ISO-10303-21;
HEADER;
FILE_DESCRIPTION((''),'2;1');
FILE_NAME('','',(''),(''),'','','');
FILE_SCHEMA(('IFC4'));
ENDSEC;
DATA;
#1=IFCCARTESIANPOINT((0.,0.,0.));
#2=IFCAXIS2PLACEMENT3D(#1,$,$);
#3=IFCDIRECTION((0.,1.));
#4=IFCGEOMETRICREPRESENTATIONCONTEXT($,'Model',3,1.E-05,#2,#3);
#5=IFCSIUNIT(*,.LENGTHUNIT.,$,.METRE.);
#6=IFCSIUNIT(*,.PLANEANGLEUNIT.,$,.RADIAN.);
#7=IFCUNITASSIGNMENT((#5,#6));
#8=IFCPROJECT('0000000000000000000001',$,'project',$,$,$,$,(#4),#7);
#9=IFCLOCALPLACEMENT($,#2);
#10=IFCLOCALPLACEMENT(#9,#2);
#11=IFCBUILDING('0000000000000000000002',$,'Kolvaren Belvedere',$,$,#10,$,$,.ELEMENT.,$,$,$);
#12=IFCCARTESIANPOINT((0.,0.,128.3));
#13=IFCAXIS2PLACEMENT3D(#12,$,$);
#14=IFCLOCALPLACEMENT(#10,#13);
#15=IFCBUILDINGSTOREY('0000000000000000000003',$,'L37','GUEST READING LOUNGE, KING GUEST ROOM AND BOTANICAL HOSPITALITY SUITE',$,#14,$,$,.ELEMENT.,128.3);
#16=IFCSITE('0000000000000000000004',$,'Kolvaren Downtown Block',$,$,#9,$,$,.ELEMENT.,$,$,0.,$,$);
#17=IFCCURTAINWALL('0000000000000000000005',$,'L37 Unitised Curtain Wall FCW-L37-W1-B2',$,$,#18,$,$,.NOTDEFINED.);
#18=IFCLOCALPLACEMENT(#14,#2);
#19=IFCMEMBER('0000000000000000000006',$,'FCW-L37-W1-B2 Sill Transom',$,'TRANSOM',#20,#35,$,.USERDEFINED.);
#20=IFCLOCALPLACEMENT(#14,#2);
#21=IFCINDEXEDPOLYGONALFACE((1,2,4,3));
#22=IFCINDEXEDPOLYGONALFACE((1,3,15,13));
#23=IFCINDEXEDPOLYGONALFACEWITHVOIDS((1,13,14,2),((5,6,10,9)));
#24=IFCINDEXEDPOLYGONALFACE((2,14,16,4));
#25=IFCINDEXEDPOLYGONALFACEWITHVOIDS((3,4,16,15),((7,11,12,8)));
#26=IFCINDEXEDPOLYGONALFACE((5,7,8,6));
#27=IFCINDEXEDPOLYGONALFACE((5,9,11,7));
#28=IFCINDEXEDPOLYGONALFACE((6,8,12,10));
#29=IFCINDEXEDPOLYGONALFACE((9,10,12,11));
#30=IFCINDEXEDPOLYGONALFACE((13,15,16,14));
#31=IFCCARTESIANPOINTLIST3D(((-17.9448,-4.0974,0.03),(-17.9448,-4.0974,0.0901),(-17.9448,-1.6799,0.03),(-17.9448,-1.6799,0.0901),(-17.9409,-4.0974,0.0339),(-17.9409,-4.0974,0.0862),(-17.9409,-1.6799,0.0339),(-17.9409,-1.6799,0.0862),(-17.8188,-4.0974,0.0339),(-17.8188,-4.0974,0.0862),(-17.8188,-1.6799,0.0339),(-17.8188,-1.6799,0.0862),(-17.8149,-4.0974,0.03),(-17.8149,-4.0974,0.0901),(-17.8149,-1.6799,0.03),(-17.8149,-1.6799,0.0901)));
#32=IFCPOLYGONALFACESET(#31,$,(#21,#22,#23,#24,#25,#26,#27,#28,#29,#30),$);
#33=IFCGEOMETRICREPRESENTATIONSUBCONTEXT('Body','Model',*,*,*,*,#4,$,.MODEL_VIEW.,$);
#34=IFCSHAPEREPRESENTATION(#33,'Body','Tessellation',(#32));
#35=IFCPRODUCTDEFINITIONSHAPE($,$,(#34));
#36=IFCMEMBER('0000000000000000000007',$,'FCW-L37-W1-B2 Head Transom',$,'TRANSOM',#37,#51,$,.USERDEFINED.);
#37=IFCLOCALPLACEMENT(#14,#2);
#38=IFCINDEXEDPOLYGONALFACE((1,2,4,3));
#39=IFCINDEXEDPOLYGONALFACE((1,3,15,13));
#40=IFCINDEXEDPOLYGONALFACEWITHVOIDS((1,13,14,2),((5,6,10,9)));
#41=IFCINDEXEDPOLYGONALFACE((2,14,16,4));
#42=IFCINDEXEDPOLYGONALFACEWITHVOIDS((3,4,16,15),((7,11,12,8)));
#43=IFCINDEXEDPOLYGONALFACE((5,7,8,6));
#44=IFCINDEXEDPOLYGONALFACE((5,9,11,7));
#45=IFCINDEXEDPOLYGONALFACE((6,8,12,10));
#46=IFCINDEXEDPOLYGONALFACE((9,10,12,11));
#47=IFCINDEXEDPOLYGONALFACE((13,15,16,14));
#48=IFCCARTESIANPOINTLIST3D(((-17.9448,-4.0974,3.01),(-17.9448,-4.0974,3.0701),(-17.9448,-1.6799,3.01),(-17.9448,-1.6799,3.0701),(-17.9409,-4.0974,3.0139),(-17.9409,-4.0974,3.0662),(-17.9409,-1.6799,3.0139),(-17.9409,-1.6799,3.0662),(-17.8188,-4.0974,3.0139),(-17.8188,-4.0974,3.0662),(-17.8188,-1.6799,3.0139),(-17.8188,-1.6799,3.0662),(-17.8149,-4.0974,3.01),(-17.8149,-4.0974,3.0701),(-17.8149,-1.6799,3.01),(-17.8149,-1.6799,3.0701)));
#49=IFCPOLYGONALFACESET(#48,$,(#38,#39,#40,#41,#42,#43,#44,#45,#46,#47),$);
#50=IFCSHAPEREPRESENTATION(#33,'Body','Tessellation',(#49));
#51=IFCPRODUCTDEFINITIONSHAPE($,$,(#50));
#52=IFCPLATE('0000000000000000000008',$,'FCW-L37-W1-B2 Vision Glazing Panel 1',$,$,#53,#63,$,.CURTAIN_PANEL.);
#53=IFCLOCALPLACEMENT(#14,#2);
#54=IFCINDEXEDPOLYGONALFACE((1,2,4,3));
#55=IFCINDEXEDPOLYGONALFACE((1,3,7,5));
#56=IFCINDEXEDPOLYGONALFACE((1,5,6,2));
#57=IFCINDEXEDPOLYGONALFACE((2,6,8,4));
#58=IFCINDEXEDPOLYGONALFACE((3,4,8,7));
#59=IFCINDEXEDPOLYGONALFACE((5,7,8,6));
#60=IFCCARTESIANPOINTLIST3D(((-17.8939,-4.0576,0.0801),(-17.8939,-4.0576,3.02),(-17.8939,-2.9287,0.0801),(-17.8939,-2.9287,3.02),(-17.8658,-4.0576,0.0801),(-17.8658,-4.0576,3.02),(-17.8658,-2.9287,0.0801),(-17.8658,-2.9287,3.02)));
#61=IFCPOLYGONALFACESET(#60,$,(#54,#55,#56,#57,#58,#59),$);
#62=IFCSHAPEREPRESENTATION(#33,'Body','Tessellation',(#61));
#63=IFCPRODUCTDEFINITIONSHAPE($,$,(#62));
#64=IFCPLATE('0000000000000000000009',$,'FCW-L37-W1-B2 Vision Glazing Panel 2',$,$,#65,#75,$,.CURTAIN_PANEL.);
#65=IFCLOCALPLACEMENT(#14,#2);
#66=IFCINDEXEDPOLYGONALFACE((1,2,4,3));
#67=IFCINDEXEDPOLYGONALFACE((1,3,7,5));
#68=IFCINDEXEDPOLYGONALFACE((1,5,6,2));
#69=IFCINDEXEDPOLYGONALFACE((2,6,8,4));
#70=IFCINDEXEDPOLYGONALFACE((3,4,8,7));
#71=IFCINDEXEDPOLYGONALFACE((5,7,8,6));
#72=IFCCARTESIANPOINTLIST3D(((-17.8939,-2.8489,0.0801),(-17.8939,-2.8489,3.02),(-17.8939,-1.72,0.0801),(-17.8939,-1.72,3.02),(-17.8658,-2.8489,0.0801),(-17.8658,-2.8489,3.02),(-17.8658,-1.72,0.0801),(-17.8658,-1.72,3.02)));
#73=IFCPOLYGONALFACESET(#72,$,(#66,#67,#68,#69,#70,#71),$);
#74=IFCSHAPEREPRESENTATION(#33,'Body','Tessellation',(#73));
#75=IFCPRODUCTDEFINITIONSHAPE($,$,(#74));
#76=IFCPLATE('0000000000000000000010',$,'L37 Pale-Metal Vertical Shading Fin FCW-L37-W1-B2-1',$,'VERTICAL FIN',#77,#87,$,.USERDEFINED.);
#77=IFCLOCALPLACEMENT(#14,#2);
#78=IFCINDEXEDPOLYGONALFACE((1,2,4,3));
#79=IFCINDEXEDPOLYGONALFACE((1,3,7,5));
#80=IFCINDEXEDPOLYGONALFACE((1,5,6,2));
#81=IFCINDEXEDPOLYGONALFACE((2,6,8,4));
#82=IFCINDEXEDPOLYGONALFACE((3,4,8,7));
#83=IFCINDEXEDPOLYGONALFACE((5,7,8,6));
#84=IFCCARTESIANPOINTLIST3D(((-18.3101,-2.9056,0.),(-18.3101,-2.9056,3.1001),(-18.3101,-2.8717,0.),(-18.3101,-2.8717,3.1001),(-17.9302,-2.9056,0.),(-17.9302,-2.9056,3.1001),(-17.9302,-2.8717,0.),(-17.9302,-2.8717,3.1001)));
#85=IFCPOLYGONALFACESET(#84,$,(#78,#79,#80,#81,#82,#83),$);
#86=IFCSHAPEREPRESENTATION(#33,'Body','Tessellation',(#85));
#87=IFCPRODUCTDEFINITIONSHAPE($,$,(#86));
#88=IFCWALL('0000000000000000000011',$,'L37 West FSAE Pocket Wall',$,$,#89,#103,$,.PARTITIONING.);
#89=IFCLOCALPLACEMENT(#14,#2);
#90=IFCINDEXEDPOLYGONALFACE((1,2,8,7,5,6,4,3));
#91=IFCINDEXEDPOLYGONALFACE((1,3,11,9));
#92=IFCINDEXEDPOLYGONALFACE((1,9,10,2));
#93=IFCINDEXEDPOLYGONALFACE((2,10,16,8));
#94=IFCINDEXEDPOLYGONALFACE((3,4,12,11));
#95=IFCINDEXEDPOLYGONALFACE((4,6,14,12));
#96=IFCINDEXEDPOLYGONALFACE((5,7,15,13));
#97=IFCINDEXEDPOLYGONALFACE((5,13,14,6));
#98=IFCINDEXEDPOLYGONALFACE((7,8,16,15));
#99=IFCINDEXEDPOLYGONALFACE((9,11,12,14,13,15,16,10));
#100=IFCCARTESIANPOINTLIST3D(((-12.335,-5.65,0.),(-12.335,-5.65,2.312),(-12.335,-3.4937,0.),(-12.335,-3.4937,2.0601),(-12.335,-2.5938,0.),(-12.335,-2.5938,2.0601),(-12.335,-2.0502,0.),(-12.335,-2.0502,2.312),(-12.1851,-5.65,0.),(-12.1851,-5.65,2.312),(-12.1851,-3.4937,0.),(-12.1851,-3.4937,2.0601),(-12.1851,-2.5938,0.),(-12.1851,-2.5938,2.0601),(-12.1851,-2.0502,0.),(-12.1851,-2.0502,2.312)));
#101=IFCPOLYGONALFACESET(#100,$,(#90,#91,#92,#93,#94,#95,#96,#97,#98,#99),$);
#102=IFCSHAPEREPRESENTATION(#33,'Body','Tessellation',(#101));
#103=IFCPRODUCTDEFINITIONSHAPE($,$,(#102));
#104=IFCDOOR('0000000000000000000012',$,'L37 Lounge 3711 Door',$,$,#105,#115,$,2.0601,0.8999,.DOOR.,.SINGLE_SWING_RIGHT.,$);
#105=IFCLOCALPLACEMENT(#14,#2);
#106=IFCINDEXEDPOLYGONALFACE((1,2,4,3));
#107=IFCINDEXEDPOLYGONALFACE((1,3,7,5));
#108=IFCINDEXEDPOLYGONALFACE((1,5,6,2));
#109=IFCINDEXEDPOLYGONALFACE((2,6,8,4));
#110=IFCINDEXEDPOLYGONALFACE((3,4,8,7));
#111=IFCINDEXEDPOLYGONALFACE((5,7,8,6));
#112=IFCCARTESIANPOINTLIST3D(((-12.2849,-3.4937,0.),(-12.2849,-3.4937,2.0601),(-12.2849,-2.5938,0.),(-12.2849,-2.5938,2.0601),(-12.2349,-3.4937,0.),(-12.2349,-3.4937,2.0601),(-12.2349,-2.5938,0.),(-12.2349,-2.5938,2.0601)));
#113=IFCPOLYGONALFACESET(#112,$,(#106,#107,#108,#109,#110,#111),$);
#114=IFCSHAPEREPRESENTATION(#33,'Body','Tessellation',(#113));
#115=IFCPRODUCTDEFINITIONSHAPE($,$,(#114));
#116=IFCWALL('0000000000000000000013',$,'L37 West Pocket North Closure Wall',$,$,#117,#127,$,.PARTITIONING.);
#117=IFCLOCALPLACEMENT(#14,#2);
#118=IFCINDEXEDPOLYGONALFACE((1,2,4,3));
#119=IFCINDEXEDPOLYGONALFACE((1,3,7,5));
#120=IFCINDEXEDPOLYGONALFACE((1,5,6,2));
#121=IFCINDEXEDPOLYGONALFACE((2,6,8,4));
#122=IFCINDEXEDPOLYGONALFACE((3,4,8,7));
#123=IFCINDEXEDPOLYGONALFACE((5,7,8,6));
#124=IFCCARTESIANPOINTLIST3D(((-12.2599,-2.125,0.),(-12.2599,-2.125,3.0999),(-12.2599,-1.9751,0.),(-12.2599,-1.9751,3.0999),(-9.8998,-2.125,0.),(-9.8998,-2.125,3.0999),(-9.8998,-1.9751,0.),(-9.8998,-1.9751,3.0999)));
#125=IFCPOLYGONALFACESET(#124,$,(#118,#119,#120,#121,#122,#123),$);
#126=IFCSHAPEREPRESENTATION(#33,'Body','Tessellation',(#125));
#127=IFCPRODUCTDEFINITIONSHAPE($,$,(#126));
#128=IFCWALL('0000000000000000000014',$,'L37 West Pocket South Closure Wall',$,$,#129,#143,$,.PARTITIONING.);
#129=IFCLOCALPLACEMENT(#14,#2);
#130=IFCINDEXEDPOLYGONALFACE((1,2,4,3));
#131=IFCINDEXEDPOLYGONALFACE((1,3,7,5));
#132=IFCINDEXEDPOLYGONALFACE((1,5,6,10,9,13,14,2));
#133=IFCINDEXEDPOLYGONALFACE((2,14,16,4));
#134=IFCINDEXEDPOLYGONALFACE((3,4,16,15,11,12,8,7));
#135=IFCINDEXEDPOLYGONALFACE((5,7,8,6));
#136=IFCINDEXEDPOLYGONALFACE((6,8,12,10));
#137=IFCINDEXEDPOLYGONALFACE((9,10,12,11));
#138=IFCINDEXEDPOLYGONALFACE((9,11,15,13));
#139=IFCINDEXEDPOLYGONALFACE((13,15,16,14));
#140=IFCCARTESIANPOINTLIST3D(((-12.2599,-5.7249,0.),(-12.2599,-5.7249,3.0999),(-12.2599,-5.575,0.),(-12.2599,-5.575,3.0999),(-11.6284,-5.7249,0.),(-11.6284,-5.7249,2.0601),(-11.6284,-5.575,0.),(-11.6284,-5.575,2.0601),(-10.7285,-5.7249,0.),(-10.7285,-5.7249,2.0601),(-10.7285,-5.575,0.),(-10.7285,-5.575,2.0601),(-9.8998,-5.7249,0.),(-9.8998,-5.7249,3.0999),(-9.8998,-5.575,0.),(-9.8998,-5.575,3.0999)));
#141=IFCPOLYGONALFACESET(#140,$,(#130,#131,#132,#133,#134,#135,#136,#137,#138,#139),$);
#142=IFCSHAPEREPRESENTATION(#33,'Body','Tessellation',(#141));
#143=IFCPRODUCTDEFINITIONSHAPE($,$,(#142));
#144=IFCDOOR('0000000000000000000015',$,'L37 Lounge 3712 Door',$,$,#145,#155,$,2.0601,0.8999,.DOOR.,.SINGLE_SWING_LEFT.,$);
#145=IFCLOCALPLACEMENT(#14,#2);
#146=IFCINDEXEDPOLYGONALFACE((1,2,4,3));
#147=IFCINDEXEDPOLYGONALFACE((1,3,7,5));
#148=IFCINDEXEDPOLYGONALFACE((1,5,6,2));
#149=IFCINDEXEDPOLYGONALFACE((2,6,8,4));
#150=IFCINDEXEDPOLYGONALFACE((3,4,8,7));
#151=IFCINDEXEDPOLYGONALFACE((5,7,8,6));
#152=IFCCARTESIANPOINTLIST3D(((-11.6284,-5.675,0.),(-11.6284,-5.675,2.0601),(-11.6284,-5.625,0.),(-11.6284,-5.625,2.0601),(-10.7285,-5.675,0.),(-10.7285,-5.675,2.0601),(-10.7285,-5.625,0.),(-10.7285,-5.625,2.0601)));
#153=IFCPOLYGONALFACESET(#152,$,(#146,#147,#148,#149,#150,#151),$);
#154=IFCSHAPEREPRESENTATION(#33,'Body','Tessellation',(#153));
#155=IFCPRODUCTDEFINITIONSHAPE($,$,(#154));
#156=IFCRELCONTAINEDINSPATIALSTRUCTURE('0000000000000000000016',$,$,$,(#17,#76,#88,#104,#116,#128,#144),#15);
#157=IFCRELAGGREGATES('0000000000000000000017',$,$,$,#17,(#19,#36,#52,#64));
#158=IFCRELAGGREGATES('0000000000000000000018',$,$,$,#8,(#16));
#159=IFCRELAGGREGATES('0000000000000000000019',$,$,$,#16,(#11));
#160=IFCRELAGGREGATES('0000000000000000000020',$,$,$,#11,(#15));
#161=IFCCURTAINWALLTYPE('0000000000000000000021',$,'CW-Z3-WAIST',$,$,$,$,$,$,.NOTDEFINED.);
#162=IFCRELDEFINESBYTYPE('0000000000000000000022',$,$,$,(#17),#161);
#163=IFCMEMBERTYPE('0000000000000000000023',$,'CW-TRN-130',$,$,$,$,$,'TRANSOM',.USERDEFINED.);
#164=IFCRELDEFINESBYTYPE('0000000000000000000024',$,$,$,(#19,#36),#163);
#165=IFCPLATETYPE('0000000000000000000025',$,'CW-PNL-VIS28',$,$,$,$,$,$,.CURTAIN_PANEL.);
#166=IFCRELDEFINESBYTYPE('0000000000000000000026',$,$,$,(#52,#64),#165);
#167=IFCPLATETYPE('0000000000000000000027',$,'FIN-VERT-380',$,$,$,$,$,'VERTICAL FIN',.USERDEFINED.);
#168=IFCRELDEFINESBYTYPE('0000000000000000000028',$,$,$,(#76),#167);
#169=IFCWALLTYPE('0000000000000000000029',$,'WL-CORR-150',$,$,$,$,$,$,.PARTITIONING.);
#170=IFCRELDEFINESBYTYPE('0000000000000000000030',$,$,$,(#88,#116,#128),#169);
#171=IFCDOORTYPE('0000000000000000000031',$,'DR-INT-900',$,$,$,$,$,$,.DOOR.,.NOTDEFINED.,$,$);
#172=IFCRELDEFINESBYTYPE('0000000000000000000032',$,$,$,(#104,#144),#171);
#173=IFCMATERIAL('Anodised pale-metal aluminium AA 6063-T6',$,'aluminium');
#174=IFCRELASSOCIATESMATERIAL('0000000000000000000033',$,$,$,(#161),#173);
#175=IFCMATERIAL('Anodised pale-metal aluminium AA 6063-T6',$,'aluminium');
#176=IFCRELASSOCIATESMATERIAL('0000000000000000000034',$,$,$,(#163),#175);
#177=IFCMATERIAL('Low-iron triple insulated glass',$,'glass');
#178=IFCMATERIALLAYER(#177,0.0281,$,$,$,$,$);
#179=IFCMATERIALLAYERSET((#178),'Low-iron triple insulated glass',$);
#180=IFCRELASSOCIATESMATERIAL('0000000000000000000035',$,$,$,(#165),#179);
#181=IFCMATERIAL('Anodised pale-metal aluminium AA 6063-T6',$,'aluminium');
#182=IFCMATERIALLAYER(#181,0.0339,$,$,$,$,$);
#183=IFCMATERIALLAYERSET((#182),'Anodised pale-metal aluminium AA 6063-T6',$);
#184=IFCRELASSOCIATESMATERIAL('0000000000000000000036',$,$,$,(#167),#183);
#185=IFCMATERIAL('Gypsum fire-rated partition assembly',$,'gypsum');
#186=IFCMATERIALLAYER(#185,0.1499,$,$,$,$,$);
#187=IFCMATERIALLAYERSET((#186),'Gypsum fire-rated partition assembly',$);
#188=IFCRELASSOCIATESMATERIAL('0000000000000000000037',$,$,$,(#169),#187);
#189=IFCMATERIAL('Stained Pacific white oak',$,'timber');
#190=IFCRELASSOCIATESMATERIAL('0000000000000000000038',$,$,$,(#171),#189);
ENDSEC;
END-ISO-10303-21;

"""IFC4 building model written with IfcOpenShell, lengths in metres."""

from ifc_helpers import new_model, si_unit, direction, frame, frame_2d, origin, origin_2d, place, context, subcontext, project, spatial, rectangle, hollow_rectangle, extrude, material, layer, layer_set, material_profile, profile_set, type_object, element, fill, aggregate, save


model = new_model("IFC4")

# Units and contexts
model_context = context("Model", 3, precision=1e-05, world=origin(), true_north=direction((0.0, 1.0)))
body_context = subcontext(model_context, "Body", "Model", "MODEL_VIEW")
ifc_project = project(units=[si_unit("LENGTHUNIT", "METRE"), si_unit("PLANEANGLEUNIT", "RADIAN")], contexts=[model_context])

# Site, building, storey
site_placement = place(None, origin())
site = spatial("IfcSite", under=ifc_project, at=site_placement, Name="Kolvaren Downtown Block", CompositionType="ELEMENT", RefElevation=0.0)
building_placement = place(site_placement, origin())
building = spatial("IfcBuilding", under=site, at=building_placement, Name="Kolvaren Belvedere", CompositionType="ELEMENT")
storey_placement = place(building_placement, frame((0.0, 0.0, 128.3)))
storey = spatial("IfcBuildingStorey", under=building, at=storey_placement, Name="L37", Description="GUEST READING LOUNGE, KING GUEST ROOM AND BOTANICAL HOSPITALITY SUITE", CompositionType="ELEMENT", Elevation=128.3)

# Shared definitions
ifc_material_1 = material(Name="Anodised pale-metal aluminium AA 6063-T6", Category="aluminium")
curtain_wall_type = type_object("IfcCurtainWallType", Name="CW-Z3-WAIST", PredefinedType="NOTDEFINED", material=ifc_material_1)

# Curtain wall, members, plates
curtain_wall_1_placement = place(storey_placement, origin())
curtain_wall_1 = element("IfcCurtainWall", 1, at=curtain_wall_1_placement, inside=storey, type_object=curtain_wall_type, Name="L37 Unitised Curtain Wall FCW-L37-W1-B2", PredefinedType="NOTDEFINED")
ifc_material_2 = material(Name="Anodised pale-metal aluminium AA 6063-T6", Category="aluminium")
ifc_material_profile_1 = material_profile(ifc_material_2, hollow_rectangle(XDim=0.0601, YDim=0.1299, WallThickness=0.0039, at=origin_2d()), Name="ALU-TRN-130X60")
ifc_profile_set_1 = profile_set([ifc_material_profile_1], Name="Anodised pale-metal aluminium AA 6063-T6")
member_type_1 = type_object("IfcMemberType", Name="CW-TRN-130", ElementType="TRANSOM", PredefinedType="USERDEFINED", material=ifc_profile_set_1)
member_1_placement = place(storey_placement, frame((-17.8799, -4.0974, 0.0601), z_axis=(0.0, 1.0, 0.0), x_axis=(0.0, 0.0, 1.0)))
member_1 = element("IfcMember", 2, at=member_1_placement, type_object=member_type_1, Name="FCW-L37-W1-B2 Sill Transom", ObjectType="TRANSOM", PredefinedType="USERDEFINED", context=body_context, shape_type="SweptSolid", body=[
    extrude(hollow_rectangle(XDim=0.0601, YDim=0.1299, WallThickness=0.0039, at=origin_2d()), origin(), (0.0, 0.0, 1.0), 2.4175),
])
member_2_placement = place(storey_placement, frame((-17.8799, -4.0974, 3.04), z_axis=(0.0, 1.0, 0.0), x_axis=(0.0, 0.0, 1.0)))
member_2 = element("IfcMember", 3, at=member_2_placement, type_object=member_type_1, Name="FCW-L37-W1-B2 Head Transom", ObjectType="TRANSOM", PredefinedType="USERDEFINED", context=body_context, shape_type="SweptSolid", body=[
    extrude(hollow_rectangle(XDim=0.0601, YDim=0.1299, WallThickness=0.0039, at=origin_2d()), origin(), (0.0, 0.0, 1.0), 2.4175),
])
ifc_material_3 = material(Name="Low-iron triple insulated glass", Category="glass")
ifc_layer_1 = layer(ifc_material_3, 0.0281)
ifc_layer_set_1 = layer_set([ifc_layer_1], Name="Low-iron triple insulated glass")
plate_type_1 = type_object("IfcPlateType", Name="CW-PNL-VIS28", PredefinedType="CURTAIN_PANEL", material=ifc_layer_set_1)
plate_1_placement = place(storey_placement, frame((-17.8799, -3.4932, 0.0801), z_axis=(0.0, 0.0, 1.0), x_axis=(0.0, 1.0, 0.0)))
plate_1 = element("IfcPlate", 4, at=plate_1_placement, type_object=plate_type_1, Name="FCW-L37-W1-B2 Vision Glazing Panel 1", PredefinedType="CURTAIN_PANEL", context=body_context, shape_type="SweptSolid", body=[
    extrude(rectangle(XDim=1.1289, YDim=0.0281, at=origin_2d()), origin(), (0.0, 0.0, 1.0), 2.9399),
])
plate_2_placement = place(storey_placement, frame((-17.8799, -2.2844, 0.0801), z_axis=(0.0, 0.0, 1.0), x_axis=(0.0, 1.0, 0.0)))
plate_2 = element("IfcPlate", 5, at=plate_2_placement, type_object=plate_type_1, Name="FCW-L37-W1-B2 Vision Glazing Panel 2", PredefinedType="CURTAIN_PANEL", context=body_context, shape_type="SweptSolid", body=[
    extrude(rectangle(XDim=1.1289, YDim=0.0281, at=origin_2d()), origin(), (0.0, 0.0, 1.0), 2.9399),
])
aggregate(curtain_wall_1, [member_1, member_2, plate_1, plate_2])

# Plate
ifc_material_4 = material(Name="Anodised pale-metal aluminium AA 6063-T6", Category="aluminium")
ifc_layer_2 = layer(ifc_material_4, 0.0339)
ifc_layer_set_2 = layer_set([ifc_layer_2], Name="Anodised pale-metal aluminium AA 6063-T6")
plate_type_2 = type_object("IfcPlateType", Name="FIN-VERT-380", ElementType="VERTICAL FIN", PredefinedType="USERDEFINED", material=ifc_layer_set_2)
plate_3_placement = place(storey_placement, frame((-18.1201, -2.8887, 0.0), z_axis=(0.0, 0.0, 1.0), x_axis=(1.0, 0.0, 0.0)))
element("IfcPlate", 6, at=plate_3_placement, inside=storey, type_object=plate_type_2, Name="L37 Pale-Metal Vertical Shading Fin FCW-L37-W1-B2-1", ObjectType="VERTICAL FIN", PredefinedType="USERDEFINED", context=body_context, shape_type="SweptSolid", body=[
    extrude(rectangle(XDim=0.3799, YDim=0.0339, at=origin_2d()), origin(), (0.0, 0.0, 1.0), 3.1001),
])

# Wall, opening, door
ifc_material_5 = material(Name="Gypsum fire-rated partition assembly", Category="gypsum")
ifc_layer_3 = layer(ifc_material_5, 0.1499)
ifc_layer_set_3 = layer_set([ifc_layer_3], Name="Gypsum fire-rated partition assembly")
wall_type_1 = type_object("IfcWallType", Name="WL-CORR-150", PredefinedType="PARTITIONING", material=ifc_layer_set_3)
wall_1_placement = place(storey_placement, frame((-12.26, -5.6499, 0.0), z_axis=(0.0, 0.0, 1.0), x_axis=(0.0, 1.0, 0.0)))
wall_1 = element("IfcWall", 7, at=wall_1_placement, inside=storey, type_object=wall_type_1, Name="L37 West FSAE Pocket Wall", PredefinedType="PARTITIONING", context=body_context, shape_type="SweptSolid", body=[
    extrude(rectangle(XDim=3.5999, YDim=0.1499, at=frame_2d((1.7998, 0.0))), origin(), (0.0, 0.0, 1.0), 2.312),
])
opening_1_placement = place(wall_1_placement, frame((2.1562, 0.0, 0.0)))
opening_1 = element("IfcOpeningElement", 8, at=opening_1_placement, cuts=wall_1, PredefinedType="OPENING", context=body_context, shape_type="SweptSolid", body=[
    extrude(rectangle(XDim=0.8999, YDim=2.0601, at=frame_2d((0.45, 1.03))), frame((0.0, 0.085, 0.0), z_axis=(0.0, -1.0, 0.0), x_axis=(1.0, 0.0, 0.0)), (0.0, 0.0, 1.0), 0.1699),
])
ifc_material_6 = material(Name="Stained Pacific white oak", Category="timber")
door_type_1 = type_object("IfcDoorType", Name="DR-INT-900", OperationType="NOTDEFINED", PredefinedType="DOOR", material=ifc_material_6)
door_1_placement = place(opening_1_placement, origin())
door_1 = element("IfcDoor", 9, at=door_1_placement, inside=storey, type_object=door_type_1, Name="L37 Lounge 3711 Door", OperationType="SINGLE_SWING_RIGHT", OverallHeight=2.0601, OverallWidth=0.8999, PredefinedType="DOOR", context=body_context, shape_type="SweptSolid", body=[
    extrude(rectangle(XDim=0.8999, YDim=2.0601, at=frame_2d((0.45, 1.03))), frame((0.0, 0.0249, 0.0), z_axis=(0.0, -1.0, 0.0), x_axis=(1.0, 0.0, 0.0)), (0.0, 0.0, 1.0), 0.05),
])
fill(opening_1, door_1)

# Wall
wall_2_placement = place(storey_placement, frame((-12.26, -2.05, 0.0), z_axis=(0.0, 0.0, 1.0), x_axis=(1.0, 0.0, 0.0)))
element("IfcWall", 10, at=wall_2_placement, inside=storey, type_object=wall_type_1, Name="L37 West Pocket North Closure Wall", PredefinedType="PARTITIONING", context=body_context, shape_type="SweptSolid", body=[
    extrude(rectangle(XDim=2.3601, YDim=0.1499, at=frame_2d((1.1802, 0.0))), origin(), (0.0, 0.0, 1.0), 3.0999),
])

# Wall, opening, door
wall_3_placement = place(storey_placement, frame((-12.26, -5.6499, 0.0), z_axis=(0.0, 0.0, 1.0), x_axis=(1.0, 0.0, 0.0)))
wall_3 = element("IfcWall", 11, at=wall_3_placement, inside=storey, type_object=wall_type_1, Name="L37 West Pocket South Closure Wall", PredefinedType="PARTITIONING", context=body_context, shape_type="SweptSolid", body=[
    extrude(rectangle(XDim=2.3601, YDim=0.1499, at=frame_2d((1.1802, 0.0))), origin(), (0.0, 0.0, 1.0), 3.0999),
])
opening_2_placement = place(wall_3_placement, frame((0.6316, 0.0, 0.0)))
opening_2 = element("IfcOpeningElement", 12, at=opening_2_placement, cuts=wall_3, PredefinedType="OPENING", context=body_context, shape_type="SweptSolid", body=[
    extrude(rectangle(XDim=0.8999, YDim=2.0601, at=frame_2d((0.45, 1.03))), frame((0.0, 0.085, 0.0), z_axis=(0.0, -1.0, 0.0), x_axis=(1.0, 0.0, 0.0)), (0.0, 0.0, 1.0), 0.1699),
])
door_2_placement = place(opening_2_placement, origin())
door_2 = element("IfcDoor", 13, at=door_2_placement, inside=storey, type_object=door_type_1, Name="L37 Lounge 3712 Door", OperationType="SINGLE_SWING_LEFT", OverallHeight=2.0601, OverallWidth=0.8999, PredefinedType="DOOR", context=body_context, shape_type="SweptSolid", body=[
    extrude(rectangle(XDim=0.8999, YDim=2.0601, at=frame_2d((0.45, 1.03))), frame((0.0, 0.0249, 0.0), z_axis=(0.0, -1.0, 0.0), x_axis=(1.0, 0.0, 0.0)), (0.0, 0.0, 1.0), 0.05),
])
fill(opening_2, door_2)

save(model, "model.ifc")
